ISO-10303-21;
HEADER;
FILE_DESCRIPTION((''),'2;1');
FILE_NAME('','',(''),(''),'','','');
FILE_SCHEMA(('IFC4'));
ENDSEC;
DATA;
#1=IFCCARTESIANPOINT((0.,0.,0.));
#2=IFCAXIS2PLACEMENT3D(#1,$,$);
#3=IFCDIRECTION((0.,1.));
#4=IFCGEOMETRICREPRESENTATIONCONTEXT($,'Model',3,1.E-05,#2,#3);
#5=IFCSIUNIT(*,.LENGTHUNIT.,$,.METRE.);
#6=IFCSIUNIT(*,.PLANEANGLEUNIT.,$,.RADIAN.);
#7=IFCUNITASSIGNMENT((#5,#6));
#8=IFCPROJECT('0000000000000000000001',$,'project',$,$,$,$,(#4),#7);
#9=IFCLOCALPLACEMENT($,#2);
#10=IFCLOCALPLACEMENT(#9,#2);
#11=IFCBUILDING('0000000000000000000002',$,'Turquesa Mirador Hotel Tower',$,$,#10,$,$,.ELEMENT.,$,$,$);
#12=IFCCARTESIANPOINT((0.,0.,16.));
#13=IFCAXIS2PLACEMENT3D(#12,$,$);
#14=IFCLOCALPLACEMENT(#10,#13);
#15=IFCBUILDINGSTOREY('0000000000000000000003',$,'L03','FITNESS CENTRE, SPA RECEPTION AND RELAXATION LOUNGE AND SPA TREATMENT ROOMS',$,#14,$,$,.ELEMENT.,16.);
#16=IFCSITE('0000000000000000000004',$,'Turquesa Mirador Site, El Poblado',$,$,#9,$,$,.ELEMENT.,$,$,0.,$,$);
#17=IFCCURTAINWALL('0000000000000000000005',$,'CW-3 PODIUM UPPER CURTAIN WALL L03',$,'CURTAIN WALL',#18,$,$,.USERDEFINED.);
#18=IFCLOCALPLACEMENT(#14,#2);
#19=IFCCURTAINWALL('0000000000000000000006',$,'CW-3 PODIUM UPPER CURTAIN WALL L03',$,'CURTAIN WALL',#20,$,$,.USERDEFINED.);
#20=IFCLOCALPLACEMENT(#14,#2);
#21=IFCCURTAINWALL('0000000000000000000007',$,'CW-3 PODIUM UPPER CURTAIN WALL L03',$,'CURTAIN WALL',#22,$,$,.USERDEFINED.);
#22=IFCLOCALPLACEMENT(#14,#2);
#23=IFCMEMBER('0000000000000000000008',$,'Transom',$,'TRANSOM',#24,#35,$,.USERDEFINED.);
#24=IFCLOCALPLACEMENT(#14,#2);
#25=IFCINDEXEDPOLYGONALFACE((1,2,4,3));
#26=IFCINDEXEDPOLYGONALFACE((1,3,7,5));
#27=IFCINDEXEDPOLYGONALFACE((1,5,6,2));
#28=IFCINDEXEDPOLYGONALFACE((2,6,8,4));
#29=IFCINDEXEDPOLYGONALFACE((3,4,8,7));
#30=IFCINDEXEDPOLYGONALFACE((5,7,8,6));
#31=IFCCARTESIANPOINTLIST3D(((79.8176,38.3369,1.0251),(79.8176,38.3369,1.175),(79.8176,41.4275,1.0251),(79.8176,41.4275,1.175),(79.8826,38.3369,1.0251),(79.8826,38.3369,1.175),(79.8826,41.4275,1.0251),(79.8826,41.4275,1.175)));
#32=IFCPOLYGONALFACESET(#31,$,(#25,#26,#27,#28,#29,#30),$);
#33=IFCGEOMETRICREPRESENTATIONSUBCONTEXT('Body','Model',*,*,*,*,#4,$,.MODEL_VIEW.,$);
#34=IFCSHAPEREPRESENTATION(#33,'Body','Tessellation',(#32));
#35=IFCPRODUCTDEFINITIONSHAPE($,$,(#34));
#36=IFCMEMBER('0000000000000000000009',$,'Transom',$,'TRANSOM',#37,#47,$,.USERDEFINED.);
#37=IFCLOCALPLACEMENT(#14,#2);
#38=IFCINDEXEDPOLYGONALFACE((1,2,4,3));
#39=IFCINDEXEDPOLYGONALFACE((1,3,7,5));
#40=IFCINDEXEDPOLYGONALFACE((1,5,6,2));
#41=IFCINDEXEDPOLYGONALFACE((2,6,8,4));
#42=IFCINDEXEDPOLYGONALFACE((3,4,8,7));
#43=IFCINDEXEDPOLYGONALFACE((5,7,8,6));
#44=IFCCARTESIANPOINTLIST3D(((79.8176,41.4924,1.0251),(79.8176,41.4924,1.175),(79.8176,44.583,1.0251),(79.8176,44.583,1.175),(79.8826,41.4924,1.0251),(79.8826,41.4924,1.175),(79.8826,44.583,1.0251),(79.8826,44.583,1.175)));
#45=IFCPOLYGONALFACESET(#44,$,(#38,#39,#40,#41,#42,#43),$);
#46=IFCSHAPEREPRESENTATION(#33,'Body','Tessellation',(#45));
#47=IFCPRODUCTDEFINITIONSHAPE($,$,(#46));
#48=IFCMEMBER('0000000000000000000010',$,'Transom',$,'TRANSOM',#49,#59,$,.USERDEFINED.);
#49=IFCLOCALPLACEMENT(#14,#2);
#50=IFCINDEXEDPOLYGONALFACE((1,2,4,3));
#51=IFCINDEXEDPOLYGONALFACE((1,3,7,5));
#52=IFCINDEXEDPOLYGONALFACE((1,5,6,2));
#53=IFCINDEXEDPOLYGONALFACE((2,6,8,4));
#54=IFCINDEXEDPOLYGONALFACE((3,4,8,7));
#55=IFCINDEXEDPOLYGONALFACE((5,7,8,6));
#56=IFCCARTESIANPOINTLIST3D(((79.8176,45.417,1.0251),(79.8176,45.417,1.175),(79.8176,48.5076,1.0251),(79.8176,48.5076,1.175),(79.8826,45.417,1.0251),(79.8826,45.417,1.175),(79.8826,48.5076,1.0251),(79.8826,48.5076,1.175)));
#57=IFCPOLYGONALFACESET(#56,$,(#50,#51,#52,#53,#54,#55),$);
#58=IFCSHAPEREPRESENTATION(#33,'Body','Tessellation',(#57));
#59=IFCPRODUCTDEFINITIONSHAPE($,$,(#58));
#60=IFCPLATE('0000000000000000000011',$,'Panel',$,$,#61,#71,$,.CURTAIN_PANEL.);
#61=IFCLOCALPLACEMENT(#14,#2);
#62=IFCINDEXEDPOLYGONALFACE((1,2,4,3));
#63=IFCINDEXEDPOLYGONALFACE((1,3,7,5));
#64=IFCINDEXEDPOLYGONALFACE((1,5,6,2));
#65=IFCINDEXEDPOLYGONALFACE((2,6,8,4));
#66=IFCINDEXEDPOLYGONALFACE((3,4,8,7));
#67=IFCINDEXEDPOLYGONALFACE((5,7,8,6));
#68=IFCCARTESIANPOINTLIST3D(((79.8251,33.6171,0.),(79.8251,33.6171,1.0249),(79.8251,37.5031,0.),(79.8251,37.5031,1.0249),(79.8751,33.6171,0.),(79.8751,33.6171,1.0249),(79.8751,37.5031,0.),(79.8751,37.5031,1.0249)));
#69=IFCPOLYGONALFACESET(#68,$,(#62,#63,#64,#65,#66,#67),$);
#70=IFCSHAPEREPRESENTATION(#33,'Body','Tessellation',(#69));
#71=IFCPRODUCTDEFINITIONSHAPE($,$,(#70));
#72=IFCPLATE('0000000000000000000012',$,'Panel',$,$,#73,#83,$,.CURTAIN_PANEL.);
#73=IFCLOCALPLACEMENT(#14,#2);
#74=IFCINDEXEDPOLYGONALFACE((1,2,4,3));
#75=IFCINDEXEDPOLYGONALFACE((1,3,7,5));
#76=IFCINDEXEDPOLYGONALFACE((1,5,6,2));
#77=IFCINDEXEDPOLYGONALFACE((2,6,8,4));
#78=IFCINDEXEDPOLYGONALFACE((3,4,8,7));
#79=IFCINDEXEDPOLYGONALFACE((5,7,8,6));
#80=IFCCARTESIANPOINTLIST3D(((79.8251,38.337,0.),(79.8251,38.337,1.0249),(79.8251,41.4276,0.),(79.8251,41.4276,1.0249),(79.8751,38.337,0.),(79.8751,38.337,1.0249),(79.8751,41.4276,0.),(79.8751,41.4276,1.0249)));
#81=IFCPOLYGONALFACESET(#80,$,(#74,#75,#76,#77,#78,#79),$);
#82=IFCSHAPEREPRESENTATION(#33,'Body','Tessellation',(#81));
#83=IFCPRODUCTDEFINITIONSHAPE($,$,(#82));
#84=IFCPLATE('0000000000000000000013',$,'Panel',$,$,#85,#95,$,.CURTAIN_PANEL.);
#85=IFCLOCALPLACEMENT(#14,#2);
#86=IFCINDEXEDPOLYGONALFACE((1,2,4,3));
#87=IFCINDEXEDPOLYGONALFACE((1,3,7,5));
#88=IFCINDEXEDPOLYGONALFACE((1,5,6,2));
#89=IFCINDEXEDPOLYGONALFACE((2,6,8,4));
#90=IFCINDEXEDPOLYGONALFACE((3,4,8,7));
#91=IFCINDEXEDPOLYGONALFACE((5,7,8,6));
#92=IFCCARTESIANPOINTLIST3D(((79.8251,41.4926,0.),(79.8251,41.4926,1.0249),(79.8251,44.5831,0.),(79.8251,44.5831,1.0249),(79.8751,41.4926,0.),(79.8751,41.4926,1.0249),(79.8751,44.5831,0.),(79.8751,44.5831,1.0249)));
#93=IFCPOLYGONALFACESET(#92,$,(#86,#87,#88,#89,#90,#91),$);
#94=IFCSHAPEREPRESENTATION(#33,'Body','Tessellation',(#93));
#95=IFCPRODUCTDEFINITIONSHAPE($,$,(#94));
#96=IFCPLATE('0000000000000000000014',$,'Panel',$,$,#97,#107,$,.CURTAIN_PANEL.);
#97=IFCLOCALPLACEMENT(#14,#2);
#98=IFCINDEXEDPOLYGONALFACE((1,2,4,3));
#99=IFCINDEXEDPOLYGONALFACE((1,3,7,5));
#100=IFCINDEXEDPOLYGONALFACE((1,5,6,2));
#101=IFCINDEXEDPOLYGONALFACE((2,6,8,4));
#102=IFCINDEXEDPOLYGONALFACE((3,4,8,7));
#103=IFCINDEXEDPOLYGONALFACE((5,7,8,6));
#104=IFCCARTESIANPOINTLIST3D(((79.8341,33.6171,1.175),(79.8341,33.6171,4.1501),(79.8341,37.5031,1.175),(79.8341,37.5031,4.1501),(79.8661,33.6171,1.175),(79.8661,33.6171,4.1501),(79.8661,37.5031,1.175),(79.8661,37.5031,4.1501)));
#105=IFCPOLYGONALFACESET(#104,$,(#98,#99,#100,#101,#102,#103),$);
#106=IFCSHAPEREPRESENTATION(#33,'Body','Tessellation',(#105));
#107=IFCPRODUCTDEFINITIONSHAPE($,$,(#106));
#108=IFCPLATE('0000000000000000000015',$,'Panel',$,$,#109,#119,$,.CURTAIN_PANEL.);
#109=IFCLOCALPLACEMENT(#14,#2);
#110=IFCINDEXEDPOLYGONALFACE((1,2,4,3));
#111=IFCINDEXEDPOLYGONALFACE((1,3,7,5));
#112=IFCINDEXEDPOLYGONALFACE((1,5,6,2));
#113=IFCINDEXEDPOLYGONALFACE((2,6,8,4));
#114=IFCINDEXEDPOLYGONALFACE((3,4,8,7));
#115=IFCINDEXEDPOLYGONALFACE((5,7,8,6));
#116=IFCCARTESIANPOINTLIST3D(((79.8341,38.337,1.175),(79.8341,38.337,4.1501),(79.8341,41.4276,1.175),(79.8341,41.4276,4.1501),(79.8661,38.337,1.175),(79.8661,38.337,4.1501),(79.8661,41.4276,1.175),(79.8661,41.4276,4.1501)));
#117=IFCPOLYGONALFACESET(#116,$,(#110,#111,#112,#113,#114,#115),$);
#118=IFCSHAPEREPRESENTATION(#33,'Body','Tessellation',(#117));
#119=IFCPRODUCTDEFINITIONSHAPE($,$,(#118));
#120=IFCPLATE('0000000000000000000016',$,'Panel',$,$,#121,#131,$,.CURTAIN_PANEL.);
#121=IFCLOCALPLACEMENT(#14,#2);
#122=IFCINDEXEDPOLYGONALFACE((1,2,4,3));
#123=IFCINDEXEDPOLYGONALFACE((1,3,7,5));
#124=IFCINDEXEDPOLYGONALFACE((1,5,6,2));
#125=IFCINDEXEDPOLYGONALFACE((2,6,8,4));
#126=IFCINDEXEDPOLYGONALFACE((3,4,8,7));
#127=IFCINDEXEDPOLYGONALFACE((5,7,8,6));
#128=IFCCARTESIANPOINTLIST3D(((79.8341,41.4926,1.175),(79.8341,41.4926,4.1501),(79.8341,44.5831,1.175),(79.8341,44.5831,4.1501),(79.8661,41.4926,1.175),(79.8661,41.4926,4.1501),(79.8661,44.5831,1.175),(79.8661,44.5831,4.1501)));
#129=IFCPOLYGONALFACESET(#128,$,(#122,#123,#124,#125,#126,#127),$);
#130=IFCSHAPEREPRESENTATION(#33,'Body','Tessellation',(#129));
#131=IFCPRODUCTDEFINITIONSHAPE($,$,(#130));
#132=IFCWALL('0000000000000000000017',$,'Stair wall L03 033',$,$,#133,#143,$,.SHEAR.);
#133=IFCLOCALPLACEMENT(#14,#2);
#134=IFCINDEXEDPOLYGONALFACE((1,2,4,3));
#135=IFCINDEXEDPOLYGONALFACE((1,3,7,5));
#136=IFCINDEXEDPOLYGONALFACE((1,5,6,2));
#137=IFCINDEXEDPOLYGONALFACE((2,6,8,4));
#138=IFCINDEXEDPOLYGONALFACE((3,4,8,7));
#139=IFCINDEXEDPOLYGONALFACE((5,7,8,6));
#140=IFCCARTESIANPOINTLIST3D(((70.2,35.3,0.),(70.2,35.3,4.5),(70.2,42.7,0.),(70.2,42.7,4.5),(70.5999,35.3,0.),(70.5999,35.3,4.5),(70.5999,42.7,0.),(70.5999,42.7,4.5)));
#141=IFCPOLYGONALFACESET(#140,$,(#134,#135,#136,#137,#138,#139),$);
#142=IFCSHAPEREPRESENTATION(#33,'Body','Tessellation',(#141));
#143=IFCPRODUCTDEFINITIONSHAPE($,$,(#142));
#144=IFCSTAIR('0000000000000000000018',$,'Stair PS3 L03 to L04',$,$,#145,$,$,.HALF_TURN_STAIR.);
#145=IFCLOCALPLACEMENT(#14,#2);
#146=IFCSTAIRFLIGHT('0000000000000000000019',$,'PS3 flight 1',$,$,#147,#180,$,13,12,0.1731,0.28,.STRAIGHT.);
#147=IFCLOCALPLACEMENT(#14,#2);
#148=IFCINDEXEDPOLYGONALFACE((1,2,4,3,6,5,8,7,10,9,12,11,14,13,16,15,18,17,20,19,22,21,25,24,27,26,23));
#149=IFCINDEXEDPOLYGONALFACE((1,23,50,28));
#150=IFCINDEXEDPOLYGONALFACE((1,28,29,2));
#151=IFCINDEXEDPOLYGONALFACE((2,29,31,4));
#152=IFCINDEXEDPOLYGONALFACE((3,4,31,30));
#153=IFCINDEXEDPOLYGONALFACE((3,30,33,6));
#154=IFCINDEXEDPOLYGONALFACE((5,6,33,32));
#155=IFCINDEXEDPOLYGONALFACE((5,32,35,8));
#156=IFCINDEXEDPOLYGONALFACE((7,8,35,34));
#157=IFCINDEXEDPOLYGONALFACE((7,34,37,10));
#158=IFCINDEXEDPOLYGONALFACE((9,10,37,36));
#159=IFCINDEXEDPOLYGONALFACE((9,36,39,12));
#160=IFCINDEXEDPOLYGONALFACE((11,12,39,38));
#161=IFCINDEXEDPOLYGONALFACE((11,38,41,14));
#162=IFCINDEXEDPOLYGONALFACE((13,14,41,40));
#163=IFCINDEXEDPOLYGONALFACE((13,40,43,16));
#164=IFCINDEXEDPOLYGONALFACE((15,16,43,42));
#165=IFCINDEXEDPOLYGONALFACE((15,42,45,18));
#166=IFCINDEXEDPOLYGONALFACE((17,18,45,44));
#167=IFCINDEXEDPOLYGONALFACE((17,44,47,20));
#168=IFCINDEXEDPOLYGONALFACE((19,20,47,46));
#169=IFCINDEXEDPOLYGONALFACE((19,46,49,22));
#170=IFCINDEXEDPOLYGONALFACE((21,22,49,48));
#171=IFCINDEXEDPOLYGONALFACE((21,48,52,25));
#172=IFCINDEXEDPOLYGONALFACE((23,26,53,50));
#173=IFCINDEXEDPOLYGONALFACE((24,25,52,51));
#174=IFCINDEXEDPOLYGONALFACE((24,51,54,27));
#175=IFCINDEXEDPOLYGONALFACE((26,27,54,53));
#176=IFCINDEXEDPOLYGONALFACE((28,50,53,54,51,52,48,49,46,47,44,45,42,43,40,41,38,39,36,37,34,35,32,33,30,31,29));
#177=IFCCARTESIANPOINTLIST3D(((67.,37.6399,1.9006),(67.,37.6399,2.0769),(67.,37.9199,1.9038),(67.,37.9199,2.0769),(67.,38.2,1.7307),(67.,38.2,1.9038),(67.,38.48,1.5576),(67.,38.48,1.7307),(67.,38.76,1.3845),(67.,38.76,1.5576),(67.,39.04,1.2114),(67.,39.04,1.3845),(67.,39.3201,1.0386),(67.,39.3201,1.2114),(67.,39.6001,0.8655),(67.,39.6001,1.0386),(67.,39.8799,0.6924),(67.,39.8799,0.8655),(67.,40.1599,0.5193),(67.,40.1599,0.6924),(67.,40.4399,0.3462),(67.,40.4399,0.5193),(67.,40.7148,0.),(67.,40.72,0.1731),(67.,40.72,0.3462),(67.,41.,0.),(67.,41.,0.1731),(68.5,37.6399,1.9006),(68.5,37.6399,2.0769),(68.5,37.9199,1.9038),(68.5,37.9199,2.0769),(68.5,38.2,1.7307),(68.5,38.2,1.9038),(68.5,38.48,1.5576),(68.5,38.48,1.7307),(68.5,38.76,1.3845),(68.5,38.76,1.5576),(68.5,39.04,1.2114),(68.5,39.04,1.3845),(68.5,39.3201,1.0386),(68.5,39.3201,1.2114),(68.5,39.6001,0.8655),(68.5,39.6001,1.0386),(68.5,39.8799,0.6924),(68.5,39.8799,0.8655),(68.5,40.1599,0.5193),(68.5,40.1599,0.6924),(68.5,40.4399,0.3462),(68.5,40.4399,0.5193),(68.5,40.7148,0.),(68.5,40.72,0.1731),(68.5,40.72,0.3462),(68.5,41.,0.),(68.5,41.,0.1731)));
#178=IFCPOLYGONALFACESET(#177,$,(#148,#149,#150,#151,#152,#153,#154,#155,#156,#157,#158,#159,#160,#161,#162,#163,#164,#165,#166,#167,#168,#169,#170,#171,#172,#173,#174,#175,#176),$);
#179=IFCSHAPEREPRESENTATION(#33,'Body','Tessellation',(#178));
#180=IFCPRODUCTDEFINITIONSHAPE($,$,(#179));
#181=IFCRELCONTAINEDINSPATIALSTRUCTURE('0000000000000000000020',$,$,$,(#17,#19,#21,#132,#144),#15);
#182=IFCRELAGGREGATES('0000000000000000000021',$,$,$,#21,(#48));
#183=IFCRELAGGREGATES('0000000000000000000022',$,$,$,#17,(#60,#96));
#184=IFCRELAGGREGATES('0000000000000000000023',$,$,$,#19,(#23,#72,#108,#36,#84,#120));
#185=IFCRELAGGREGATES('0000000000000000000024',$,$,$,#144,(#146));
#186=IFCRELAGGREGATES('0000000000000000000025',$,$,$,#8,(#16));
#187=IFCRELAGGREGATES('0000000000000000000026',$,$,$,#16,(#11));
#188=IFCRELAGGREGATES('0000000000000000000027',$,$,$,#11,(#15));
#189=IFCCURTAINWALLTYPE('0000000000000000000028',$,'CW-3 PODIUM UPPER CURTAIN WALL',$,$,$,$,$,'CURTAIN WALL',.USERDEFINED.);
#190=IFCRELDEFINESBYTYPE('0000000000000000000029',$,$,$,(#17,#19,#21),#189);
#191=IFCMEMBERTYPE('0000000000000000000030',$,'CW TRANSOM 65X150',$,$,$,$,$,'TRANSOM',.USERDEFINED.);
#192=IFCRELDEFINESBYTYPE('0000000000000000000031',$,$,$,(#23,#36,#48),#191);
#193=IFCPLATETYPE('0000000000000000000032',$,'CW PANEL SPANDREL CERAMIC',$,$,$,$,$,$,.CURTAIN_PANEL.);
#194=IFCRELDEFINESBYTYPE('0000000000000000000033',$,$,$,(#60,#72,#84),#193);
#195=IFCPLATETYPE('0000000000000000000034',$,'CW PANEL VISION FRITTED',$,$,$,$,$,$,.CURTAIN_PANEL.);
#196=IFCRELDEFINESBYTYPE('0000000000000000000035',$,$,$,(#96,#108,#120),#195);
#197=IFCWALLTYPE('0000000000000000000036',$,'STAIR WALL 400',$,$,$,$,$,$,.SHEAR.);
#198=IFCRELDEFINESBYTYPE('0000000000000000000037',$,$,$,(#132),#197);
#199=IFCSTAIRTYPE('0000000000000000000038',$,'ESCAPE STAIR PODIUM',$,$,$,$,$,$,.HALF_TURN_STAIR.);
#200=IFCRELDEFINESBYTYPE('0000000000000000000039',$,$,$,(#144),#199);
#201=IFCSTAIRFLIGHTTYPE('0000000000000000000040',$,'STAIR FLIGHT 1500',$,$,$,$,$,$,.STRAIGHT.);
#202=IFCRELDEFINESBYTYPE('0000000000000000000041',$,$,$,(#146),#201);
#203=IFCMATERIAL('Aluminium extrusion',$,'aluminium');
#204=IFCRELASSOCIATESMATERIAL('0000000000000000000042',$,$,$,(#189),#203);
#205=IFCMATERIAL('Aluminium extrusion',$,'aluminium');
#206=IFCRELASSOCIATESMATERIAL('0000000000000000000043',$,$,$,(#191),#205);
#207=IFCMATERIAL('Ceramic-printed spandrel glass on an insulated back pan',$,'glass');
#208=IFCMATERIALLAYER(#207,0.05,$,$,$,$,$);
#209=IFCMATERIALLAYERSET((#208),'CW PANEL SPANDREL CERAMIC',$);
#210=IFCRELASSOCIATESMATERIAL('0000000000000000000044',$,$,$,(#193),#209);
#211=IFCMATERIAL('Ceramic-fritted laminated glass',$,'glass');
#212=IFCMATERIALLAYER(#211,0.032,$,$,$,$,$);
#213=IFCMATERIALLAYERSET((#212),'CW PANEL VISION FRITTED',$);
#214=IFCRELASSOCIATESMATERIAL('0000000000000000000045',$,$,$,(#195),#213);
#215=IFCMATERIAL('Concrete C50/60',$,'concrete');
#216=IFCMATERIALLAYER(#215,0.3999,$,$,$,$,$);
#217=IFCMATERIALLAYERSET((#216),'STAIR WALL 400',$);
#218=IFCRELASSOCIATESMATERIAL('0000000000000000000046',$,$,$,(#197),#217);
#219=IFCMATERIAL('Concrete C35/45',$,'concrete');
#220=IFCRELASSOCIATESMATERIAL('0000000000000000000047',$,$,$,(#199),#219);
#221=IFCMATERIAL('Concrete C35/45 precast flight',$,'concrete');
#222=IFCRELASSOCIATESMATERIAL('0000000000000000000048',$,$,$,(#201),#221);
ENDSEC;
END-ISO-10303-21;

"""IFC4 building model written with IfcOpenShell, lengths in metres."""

from ifc_helpers import new_model, si_unit, direction, frame, frame_2d, origin, origin_2d, place, context, subcontext, project, spatial, polyline, rectangle, outline, extrude, material, layer, layer_set, material_profile, profile_set, type_object, element, aggregate, save


model = new_model("IFC4")

# Units and contexts
model_context = context("Model", 3, precision=1e-05, world=origin(), true_north=direction((0.0, 1.0)))
body_context = subcontext(model_context, "Body", "Model", "MODEL_VIEW")
ifc_project = project(units=[si_unit("LENGTHUNIT", "METRE"), si_unit("PLANEANGLEUNIT", "RADIAN")], contexts=[model_context])

# Site, building, storey
site_placement = place(None, origin())
site = spatial("IfcSite", under=ifc_project, at=site_placement, Name="Turquesa Mirador Site, El Poblado", CompositionType="ELEMENT", RefElevation=0.0)
building_placement = place(site_placement, origin())
building = spatial("IfcBuilding", under=site, at=building_placement, Name="Turquesa Mirador Hotel Tower", CompositionType="ELEMENT")
storey_placement = place(building_placement, frame((0.0, 0.0, 16.0)))
storey = spatial("IfcBuildingStorey", under=building, at=storey_placement, Name="L03", Description="FITNESS CENTRE, SPA RECEPTION AND RELAXATION LOUNGE AND SPA TREATMENT ROOMS", CompositionType="ELEMENT", Elevation=16.0)

# Shared definitions
ifc_material_1 = material(Name="Aluminium extrusion", Category="aluminium")
curtain_wall_type = type_object("IfcCurtainWallType", Name="CW-3 PODIUM UPPER CURTAIN WALL", ElementType="CURTAIN WALL", PredefinedType="USERDEFINED", material=ifc_material_1)

# Curtain walls
curtain_wall_1_placement = place(storey_placement, origin())
curtain_wall_1 = element("IfcCurtainWall", 1, at=curtain_wall_1_placement, inside=storey, type_object=curtain_wall_type, Name="CW-3 PODIUM UPPER CURTAIN WALL L03", ObjectType="CURTAIN WALL", PredefinedType="USERDEFINED")
curtain_wall_2_placement = place(storey_placement, origin())
curtain_wall_2 = element("IfcCurtainWall", 2, at=curtain_wall_2_placement, inside=storey, type_object=curtain_wall_type, Name="CW-3 PODIUM UPPER CURTAIN WALL L03", ObjectType="CURTAIN WALL", PredefinedType="USERDEFINED")

# Curtain wall
curtain_wall_3_placement = place(storey_placement, origin())
curtain_wall_3 = element("IfcCurtainWall", 3, at=curtain_wall_3_placement, inside=storey, type_object=curtain_wall_type, Name="CW-3 PODIUM UPPER CURTAIN WALL L03", ObjectType="CURTAIN WALL", PredefinedType="USERDEFINED")

# Members
ifc_material_2 = material(Name="Aluminium extrusion", Category="aluminium")
ifc_material_profile_1 = material_profile(ifc_material_2, rectangle(XDim=0.0649, YDim=0.1499, at=origin_2d()), Name="TRANSOM 65X150")
ifc_profile_set_1 = profile_set([ifc_material_profile_1], Name="Aluminium extrusion")
member_type_1 = type_object("IfcMemberType", Name="CW TRANSOM 65X150", ElementType="TRANSOM", PredefinedType="USERDEFINED", material=ifc_profile_set_1)
member_1_placement = place(storey_placement, frame((79.8501, 38.3369, 1.1001), z_axis=(0.0, 1.0, 0.0), x_axis=(-1.0, 0.0, 0.0)))
member_1 = element("IfcMember", 4, at=member_1_placement, type_object=member_type_1, Name="Transom", ObjectType="TRANSOM", PredefinedType="USERDEFINED", context=body_context, shape_type="SweptSolid", body=[
    extrude(rectangle(XDim=0.0649, YDim=0.1499, at=origin_2d()), origin(), (0.0, 0.0, 1.0), 3.0906),
])
member_2_placement = place(storey_placement, frame((79.8501, 41.4924, 1.1001), z_axis=(0.0, 1.0, 0.0), x_axis=(-1.0, 0.0, 0.0)))
member_2 = element("IfcMember", 5, at=member_2_placement, type_object=member_type_1, Name="Transom", ObjectType="TRANSOM", PredefinedType="USERDEFINED", context=body_context, shape_type="SweptSolid", body=[
    extrude(rectangle(XDim=0.0649, YDim=0.1499, at=origin_2d()), origin(), (0.0, 0.0, 1.0), 3.0906),
])
member_3_placement = place(storey_placement, frame((79.8501, 45.417, 1.1001), z_axis=(0.0, 1.0, 0.0), x_axis=(-1.0, 0.0, 0.0)))
member_3 = element("IfcMember", 6, at=member_3_placement, type_object=member_type_1, Name="Transom", ObjectType="TRANSOM", PredefinedType="USERDEFINED", context=body_context, shape_type="SweptSolid", body=[
    extrude(rectangle(XDim=0.0649, YDim=0.1499, at=origin_2d()), origin(), (0.0, 0.0, 1.0), 3.0906),
])
aggregate(curtain_wall_3, [member_3])

# Plates
ifc_material_3 = material(Name="Ceramic-printed spandrel glass on an insulated back pan", Category="glass")
ifc_layer_1 = layer(ifc_material_3, 0.05)
ifc_layer_set_1 = layer_set([ifc_layer_1], Name="CW PANEL SPANDREL CERAMIC")
plate_type_1 = type_object("IfcPlateType", Name="CW PANEL SPANDREL CERAMIC", PredefinedType="CURTAIN_PANEL", material=ifc_layer_set_1)
plate_1_placement = place(storey_placement, frame((79.8501, 35.5601, 0.0), z_axis=(0.0, 0.0, 1.0), x_axis=(0.0, 1.0, 0.0)))
plate_1 = element("IfcPlate", 7, at=plate_1_placement, type_object=plate_type_1, Name="Panel", PredefinedType="CURTAIN_PANEL", context=body_context, shape_type="SweptSolid", body=[
    extrude(rectangle(XDim=3.886, YDim=0.05, at=origin_2d()), origin(), (0.0, 0.0, 1.0), 1.0249),
])
plate_2_placement = place(storey_placement, frame((79.8501, 39.8823, 0.0), z_axis=(0.0, 0.0, 1.0), x_axis=(0.0, 1.0, 0.0)))
plate_2 = element("IfcPlate", 8, at=plate_2_placement, type_object=plate_type_1, Name="Panel", PredefinedType="CURTAIN_PANEL", context=body_context, shape_type="SweptSolid", body=[
    extrude(rectangle(XDim=3.0906, YDim=0.05, at=origin_2d()), origin(), (0.0, 0.0, 1.0), 1.0249),
])
plate_3_placement = place(storey_placement, frame((79.8501, 43.0378, 0.0), z_axis=(0.0, 0.0, 1.0), x_axis=(0.0, 1.0, 0.0)))
plate_3 = element("IfcPlate", 9, at=plate_3_placement, type_object=plate_type_1, Name="Panel", PredefinedType="CURTAIN_PANEL", context=body_context, shape_type="SweptSolid", body=[
    extrude(rectangle(XDim=3.0906, YDim=0.05, at=origin_2d()), origin(), (0.0, 0.0, 1.0), 1.0249),
])
ifc_material_4 = material(Name="Ceramic-fritted laminated glass", Category="glass")
ifc_layer_2 = layer(ifc_material_4, 0.032)
ifc_layer_set_2 = layer_set([ifc_layer_2], Name="CW PANEL VISION FRITTED")
plate_type_2 = type_object("IfcPlateType", Name="CW PANEL VISION FRITTED", PredefinedType="CURTAIN_PANEL", material=ifc_layer_set_2)
plate_4_placement = place(storey_placement, frame((79.8501, 35.5601, 1.175), z_axis=(0.0, 0.0, 1.0), x_axis=(0.0, 1.0, 0.0)))
plate_4 = element("IfcPlate", 10, at=plate_4_placement, type_object=plate_type_2, Name="Panel", PredefinedType="CURTAIN_PANEL", context=body_context, shape_type="SweptSolid", body=[
    extrude(rectangle(XDim=3.886, YDim=0.032, at=origin_2d()), origin(), (0.0, 0.0, 1.0), 2.9751),
])
aggregate(curtain_wall_1, [plate_1, plate_4])
plate_5_placement = place(storey_placement, frame((79.8501, 39.8823, 1.175), z_axis=(0.0, 0.0, 1.0), x_axis=(0.0, 1.0, 0.0)))
plate_5 = element("IfcPlate", 11, at=plate_5_placement, type_object=plate_type_2, Name="Panel", PredefinedType="CURTAIN_PANEL", context=body_context, shape_type="SweptSolid", body=[
    extrude(rectangle(XDim=3.0906, YDim=0.032, at=origin_2d()), origin(), (0.0, 0.0, 1.0), 2.9751),
])
plate_6_placement = place(storey_placement, frame((79.8501, 43.0378, 1.175), z_axis=(0.0, 0.0, 1.0), x_axis=(0.0, 1.0, 0.0)))
plate_6 = element("IfcPlate", 12, at=plate_6_placement, type_object=plate_type_2, Name="Panel", PredefinedType="CURTAIN_PANEL", context=body_context, shape_type="SweptSolid", body=[
    extrude(rectangle(XDim=3.0906, YDim=0.032, at=origin_2d()), origin(), (0.0, 0.0, 1.0), 2.9751),
])
aggregate(curtain_wall_2, [member_1, plate_2, plate_5, member_2, plate_3, plate_6])

# Wall
ifc_material_5 = material(Name="Concrete C50/60", Category="concrete")
ifc_layer_3 = layer(ifc_material_5, 0.3999)
ifc_layer_set_3 = layer_set([ifc_layer_3], Name="STAIR WALL 400")
wall_type = type_object("IfcWallType", Name="STAIR WALL 400", PredefinedType="SHEAR", material=ifc_layer_set_3)
wall_placement = place(storey_placement, frame((70.3999, 35.3, 0.0), z_axis=(0.0, 0.0, 1.0), x_axis=(0.0, 1.0, 0.0)))
element("IfcWall", 13, at=wall_placement, inside=storey, type_object=wall_type, Name="Stair wall L03 033", PredefinedType="SHEAR", context=body_context, shape_type="SweptSolid", body=[
    extrude(rectangle(XDim=7.3999, YDim=0.3999, at=frame_2d((3.7, 0.0))), origin(), (0.0, 0.0, 1.0), 4.5),
])

# Stair, stair flight
ifc_material_6 = material(Name="Concrete C35/45", Category="concrete")
stair_type = type_object("IfcStairType", Name="ESCAPE STAIR PODIUM", PredefinedType="HALF_TURN_STAIR", material=ifc_material_6)
stair_placement = place(storey_placement, origin())
stair = element("IfcStair", 14, at=stair_placement, inside=storey, type_object=stair_type, Name="Stair PS3 L03 to L04", PredefinedType="HALF_TURN_STAIR")
ifc_material_7 = material(Name="Concrete C35/45 precast flight", Category="concrete")
stair_flight_type = type_object("IfcStairFlightType", Name="STAIR FLIGHT 1500", PredefinedType="STRAIGHT", material=ifc_material_7)
stair_flight_1_placement = place(storey_placement, frame((67.75, 41.0, 0.0), z_axis=(0.0, 0.0, 1.0), x_axis=(0.0, -1.0, 0.0)))
stair_flight_1 = element("IfcStairFlight", 15, at=stair_flight_1_placement, type_object=stair_flight_type, Name="PS3 flight 1", NumberOfRisers=13, NumberOfTreads=12, PredefinedType="STRAIGHT", RiserHeight=0.1731, TreadLength=0.28, context=body_context, shape_type="SweptSolid", body=[
    extrude(outline(polyline([(0.0, 0.0), (0.0, 0.1731), (0.28, 0.1731), (0.28, 0.3462), (0.5601, 0.3462), (0.5601, 0.5193), (0.8401, 0.5193), (0.8401, 0.6924), (1.1201, 0.6924), (1.1201, 0.8655), (1.3999, 0.8655), (1.3999, 1.0386), (1.6799, 1.0386), (1.6799, 1.2114), (1.96, 1.2114), (1.96, 1.3845), (2.24, 1.3845), (2.24, 1.5576), (2.52, 1.5576), (2.52, 1.7307), (2.8, 1.7307), (2.8, 1.9038), (3.0801, 1.9038), (3.0801, 2.0769), (3.3601, 2.0769), (3.3601, 2.25), (3.3601, 1.9006), (0.2852, 0.0), (0.0, 0.0)])), frame((0.0, 0.75, 0.0), z_axis=(0.0, -1.0, 0.0), x_axis=(1.0, 0.0, 0.0)), (0.0, 0.0, 1.0), 1.5),
])
aggregate(stair, [stair_flight_1])

save(model, "model.ifc")
